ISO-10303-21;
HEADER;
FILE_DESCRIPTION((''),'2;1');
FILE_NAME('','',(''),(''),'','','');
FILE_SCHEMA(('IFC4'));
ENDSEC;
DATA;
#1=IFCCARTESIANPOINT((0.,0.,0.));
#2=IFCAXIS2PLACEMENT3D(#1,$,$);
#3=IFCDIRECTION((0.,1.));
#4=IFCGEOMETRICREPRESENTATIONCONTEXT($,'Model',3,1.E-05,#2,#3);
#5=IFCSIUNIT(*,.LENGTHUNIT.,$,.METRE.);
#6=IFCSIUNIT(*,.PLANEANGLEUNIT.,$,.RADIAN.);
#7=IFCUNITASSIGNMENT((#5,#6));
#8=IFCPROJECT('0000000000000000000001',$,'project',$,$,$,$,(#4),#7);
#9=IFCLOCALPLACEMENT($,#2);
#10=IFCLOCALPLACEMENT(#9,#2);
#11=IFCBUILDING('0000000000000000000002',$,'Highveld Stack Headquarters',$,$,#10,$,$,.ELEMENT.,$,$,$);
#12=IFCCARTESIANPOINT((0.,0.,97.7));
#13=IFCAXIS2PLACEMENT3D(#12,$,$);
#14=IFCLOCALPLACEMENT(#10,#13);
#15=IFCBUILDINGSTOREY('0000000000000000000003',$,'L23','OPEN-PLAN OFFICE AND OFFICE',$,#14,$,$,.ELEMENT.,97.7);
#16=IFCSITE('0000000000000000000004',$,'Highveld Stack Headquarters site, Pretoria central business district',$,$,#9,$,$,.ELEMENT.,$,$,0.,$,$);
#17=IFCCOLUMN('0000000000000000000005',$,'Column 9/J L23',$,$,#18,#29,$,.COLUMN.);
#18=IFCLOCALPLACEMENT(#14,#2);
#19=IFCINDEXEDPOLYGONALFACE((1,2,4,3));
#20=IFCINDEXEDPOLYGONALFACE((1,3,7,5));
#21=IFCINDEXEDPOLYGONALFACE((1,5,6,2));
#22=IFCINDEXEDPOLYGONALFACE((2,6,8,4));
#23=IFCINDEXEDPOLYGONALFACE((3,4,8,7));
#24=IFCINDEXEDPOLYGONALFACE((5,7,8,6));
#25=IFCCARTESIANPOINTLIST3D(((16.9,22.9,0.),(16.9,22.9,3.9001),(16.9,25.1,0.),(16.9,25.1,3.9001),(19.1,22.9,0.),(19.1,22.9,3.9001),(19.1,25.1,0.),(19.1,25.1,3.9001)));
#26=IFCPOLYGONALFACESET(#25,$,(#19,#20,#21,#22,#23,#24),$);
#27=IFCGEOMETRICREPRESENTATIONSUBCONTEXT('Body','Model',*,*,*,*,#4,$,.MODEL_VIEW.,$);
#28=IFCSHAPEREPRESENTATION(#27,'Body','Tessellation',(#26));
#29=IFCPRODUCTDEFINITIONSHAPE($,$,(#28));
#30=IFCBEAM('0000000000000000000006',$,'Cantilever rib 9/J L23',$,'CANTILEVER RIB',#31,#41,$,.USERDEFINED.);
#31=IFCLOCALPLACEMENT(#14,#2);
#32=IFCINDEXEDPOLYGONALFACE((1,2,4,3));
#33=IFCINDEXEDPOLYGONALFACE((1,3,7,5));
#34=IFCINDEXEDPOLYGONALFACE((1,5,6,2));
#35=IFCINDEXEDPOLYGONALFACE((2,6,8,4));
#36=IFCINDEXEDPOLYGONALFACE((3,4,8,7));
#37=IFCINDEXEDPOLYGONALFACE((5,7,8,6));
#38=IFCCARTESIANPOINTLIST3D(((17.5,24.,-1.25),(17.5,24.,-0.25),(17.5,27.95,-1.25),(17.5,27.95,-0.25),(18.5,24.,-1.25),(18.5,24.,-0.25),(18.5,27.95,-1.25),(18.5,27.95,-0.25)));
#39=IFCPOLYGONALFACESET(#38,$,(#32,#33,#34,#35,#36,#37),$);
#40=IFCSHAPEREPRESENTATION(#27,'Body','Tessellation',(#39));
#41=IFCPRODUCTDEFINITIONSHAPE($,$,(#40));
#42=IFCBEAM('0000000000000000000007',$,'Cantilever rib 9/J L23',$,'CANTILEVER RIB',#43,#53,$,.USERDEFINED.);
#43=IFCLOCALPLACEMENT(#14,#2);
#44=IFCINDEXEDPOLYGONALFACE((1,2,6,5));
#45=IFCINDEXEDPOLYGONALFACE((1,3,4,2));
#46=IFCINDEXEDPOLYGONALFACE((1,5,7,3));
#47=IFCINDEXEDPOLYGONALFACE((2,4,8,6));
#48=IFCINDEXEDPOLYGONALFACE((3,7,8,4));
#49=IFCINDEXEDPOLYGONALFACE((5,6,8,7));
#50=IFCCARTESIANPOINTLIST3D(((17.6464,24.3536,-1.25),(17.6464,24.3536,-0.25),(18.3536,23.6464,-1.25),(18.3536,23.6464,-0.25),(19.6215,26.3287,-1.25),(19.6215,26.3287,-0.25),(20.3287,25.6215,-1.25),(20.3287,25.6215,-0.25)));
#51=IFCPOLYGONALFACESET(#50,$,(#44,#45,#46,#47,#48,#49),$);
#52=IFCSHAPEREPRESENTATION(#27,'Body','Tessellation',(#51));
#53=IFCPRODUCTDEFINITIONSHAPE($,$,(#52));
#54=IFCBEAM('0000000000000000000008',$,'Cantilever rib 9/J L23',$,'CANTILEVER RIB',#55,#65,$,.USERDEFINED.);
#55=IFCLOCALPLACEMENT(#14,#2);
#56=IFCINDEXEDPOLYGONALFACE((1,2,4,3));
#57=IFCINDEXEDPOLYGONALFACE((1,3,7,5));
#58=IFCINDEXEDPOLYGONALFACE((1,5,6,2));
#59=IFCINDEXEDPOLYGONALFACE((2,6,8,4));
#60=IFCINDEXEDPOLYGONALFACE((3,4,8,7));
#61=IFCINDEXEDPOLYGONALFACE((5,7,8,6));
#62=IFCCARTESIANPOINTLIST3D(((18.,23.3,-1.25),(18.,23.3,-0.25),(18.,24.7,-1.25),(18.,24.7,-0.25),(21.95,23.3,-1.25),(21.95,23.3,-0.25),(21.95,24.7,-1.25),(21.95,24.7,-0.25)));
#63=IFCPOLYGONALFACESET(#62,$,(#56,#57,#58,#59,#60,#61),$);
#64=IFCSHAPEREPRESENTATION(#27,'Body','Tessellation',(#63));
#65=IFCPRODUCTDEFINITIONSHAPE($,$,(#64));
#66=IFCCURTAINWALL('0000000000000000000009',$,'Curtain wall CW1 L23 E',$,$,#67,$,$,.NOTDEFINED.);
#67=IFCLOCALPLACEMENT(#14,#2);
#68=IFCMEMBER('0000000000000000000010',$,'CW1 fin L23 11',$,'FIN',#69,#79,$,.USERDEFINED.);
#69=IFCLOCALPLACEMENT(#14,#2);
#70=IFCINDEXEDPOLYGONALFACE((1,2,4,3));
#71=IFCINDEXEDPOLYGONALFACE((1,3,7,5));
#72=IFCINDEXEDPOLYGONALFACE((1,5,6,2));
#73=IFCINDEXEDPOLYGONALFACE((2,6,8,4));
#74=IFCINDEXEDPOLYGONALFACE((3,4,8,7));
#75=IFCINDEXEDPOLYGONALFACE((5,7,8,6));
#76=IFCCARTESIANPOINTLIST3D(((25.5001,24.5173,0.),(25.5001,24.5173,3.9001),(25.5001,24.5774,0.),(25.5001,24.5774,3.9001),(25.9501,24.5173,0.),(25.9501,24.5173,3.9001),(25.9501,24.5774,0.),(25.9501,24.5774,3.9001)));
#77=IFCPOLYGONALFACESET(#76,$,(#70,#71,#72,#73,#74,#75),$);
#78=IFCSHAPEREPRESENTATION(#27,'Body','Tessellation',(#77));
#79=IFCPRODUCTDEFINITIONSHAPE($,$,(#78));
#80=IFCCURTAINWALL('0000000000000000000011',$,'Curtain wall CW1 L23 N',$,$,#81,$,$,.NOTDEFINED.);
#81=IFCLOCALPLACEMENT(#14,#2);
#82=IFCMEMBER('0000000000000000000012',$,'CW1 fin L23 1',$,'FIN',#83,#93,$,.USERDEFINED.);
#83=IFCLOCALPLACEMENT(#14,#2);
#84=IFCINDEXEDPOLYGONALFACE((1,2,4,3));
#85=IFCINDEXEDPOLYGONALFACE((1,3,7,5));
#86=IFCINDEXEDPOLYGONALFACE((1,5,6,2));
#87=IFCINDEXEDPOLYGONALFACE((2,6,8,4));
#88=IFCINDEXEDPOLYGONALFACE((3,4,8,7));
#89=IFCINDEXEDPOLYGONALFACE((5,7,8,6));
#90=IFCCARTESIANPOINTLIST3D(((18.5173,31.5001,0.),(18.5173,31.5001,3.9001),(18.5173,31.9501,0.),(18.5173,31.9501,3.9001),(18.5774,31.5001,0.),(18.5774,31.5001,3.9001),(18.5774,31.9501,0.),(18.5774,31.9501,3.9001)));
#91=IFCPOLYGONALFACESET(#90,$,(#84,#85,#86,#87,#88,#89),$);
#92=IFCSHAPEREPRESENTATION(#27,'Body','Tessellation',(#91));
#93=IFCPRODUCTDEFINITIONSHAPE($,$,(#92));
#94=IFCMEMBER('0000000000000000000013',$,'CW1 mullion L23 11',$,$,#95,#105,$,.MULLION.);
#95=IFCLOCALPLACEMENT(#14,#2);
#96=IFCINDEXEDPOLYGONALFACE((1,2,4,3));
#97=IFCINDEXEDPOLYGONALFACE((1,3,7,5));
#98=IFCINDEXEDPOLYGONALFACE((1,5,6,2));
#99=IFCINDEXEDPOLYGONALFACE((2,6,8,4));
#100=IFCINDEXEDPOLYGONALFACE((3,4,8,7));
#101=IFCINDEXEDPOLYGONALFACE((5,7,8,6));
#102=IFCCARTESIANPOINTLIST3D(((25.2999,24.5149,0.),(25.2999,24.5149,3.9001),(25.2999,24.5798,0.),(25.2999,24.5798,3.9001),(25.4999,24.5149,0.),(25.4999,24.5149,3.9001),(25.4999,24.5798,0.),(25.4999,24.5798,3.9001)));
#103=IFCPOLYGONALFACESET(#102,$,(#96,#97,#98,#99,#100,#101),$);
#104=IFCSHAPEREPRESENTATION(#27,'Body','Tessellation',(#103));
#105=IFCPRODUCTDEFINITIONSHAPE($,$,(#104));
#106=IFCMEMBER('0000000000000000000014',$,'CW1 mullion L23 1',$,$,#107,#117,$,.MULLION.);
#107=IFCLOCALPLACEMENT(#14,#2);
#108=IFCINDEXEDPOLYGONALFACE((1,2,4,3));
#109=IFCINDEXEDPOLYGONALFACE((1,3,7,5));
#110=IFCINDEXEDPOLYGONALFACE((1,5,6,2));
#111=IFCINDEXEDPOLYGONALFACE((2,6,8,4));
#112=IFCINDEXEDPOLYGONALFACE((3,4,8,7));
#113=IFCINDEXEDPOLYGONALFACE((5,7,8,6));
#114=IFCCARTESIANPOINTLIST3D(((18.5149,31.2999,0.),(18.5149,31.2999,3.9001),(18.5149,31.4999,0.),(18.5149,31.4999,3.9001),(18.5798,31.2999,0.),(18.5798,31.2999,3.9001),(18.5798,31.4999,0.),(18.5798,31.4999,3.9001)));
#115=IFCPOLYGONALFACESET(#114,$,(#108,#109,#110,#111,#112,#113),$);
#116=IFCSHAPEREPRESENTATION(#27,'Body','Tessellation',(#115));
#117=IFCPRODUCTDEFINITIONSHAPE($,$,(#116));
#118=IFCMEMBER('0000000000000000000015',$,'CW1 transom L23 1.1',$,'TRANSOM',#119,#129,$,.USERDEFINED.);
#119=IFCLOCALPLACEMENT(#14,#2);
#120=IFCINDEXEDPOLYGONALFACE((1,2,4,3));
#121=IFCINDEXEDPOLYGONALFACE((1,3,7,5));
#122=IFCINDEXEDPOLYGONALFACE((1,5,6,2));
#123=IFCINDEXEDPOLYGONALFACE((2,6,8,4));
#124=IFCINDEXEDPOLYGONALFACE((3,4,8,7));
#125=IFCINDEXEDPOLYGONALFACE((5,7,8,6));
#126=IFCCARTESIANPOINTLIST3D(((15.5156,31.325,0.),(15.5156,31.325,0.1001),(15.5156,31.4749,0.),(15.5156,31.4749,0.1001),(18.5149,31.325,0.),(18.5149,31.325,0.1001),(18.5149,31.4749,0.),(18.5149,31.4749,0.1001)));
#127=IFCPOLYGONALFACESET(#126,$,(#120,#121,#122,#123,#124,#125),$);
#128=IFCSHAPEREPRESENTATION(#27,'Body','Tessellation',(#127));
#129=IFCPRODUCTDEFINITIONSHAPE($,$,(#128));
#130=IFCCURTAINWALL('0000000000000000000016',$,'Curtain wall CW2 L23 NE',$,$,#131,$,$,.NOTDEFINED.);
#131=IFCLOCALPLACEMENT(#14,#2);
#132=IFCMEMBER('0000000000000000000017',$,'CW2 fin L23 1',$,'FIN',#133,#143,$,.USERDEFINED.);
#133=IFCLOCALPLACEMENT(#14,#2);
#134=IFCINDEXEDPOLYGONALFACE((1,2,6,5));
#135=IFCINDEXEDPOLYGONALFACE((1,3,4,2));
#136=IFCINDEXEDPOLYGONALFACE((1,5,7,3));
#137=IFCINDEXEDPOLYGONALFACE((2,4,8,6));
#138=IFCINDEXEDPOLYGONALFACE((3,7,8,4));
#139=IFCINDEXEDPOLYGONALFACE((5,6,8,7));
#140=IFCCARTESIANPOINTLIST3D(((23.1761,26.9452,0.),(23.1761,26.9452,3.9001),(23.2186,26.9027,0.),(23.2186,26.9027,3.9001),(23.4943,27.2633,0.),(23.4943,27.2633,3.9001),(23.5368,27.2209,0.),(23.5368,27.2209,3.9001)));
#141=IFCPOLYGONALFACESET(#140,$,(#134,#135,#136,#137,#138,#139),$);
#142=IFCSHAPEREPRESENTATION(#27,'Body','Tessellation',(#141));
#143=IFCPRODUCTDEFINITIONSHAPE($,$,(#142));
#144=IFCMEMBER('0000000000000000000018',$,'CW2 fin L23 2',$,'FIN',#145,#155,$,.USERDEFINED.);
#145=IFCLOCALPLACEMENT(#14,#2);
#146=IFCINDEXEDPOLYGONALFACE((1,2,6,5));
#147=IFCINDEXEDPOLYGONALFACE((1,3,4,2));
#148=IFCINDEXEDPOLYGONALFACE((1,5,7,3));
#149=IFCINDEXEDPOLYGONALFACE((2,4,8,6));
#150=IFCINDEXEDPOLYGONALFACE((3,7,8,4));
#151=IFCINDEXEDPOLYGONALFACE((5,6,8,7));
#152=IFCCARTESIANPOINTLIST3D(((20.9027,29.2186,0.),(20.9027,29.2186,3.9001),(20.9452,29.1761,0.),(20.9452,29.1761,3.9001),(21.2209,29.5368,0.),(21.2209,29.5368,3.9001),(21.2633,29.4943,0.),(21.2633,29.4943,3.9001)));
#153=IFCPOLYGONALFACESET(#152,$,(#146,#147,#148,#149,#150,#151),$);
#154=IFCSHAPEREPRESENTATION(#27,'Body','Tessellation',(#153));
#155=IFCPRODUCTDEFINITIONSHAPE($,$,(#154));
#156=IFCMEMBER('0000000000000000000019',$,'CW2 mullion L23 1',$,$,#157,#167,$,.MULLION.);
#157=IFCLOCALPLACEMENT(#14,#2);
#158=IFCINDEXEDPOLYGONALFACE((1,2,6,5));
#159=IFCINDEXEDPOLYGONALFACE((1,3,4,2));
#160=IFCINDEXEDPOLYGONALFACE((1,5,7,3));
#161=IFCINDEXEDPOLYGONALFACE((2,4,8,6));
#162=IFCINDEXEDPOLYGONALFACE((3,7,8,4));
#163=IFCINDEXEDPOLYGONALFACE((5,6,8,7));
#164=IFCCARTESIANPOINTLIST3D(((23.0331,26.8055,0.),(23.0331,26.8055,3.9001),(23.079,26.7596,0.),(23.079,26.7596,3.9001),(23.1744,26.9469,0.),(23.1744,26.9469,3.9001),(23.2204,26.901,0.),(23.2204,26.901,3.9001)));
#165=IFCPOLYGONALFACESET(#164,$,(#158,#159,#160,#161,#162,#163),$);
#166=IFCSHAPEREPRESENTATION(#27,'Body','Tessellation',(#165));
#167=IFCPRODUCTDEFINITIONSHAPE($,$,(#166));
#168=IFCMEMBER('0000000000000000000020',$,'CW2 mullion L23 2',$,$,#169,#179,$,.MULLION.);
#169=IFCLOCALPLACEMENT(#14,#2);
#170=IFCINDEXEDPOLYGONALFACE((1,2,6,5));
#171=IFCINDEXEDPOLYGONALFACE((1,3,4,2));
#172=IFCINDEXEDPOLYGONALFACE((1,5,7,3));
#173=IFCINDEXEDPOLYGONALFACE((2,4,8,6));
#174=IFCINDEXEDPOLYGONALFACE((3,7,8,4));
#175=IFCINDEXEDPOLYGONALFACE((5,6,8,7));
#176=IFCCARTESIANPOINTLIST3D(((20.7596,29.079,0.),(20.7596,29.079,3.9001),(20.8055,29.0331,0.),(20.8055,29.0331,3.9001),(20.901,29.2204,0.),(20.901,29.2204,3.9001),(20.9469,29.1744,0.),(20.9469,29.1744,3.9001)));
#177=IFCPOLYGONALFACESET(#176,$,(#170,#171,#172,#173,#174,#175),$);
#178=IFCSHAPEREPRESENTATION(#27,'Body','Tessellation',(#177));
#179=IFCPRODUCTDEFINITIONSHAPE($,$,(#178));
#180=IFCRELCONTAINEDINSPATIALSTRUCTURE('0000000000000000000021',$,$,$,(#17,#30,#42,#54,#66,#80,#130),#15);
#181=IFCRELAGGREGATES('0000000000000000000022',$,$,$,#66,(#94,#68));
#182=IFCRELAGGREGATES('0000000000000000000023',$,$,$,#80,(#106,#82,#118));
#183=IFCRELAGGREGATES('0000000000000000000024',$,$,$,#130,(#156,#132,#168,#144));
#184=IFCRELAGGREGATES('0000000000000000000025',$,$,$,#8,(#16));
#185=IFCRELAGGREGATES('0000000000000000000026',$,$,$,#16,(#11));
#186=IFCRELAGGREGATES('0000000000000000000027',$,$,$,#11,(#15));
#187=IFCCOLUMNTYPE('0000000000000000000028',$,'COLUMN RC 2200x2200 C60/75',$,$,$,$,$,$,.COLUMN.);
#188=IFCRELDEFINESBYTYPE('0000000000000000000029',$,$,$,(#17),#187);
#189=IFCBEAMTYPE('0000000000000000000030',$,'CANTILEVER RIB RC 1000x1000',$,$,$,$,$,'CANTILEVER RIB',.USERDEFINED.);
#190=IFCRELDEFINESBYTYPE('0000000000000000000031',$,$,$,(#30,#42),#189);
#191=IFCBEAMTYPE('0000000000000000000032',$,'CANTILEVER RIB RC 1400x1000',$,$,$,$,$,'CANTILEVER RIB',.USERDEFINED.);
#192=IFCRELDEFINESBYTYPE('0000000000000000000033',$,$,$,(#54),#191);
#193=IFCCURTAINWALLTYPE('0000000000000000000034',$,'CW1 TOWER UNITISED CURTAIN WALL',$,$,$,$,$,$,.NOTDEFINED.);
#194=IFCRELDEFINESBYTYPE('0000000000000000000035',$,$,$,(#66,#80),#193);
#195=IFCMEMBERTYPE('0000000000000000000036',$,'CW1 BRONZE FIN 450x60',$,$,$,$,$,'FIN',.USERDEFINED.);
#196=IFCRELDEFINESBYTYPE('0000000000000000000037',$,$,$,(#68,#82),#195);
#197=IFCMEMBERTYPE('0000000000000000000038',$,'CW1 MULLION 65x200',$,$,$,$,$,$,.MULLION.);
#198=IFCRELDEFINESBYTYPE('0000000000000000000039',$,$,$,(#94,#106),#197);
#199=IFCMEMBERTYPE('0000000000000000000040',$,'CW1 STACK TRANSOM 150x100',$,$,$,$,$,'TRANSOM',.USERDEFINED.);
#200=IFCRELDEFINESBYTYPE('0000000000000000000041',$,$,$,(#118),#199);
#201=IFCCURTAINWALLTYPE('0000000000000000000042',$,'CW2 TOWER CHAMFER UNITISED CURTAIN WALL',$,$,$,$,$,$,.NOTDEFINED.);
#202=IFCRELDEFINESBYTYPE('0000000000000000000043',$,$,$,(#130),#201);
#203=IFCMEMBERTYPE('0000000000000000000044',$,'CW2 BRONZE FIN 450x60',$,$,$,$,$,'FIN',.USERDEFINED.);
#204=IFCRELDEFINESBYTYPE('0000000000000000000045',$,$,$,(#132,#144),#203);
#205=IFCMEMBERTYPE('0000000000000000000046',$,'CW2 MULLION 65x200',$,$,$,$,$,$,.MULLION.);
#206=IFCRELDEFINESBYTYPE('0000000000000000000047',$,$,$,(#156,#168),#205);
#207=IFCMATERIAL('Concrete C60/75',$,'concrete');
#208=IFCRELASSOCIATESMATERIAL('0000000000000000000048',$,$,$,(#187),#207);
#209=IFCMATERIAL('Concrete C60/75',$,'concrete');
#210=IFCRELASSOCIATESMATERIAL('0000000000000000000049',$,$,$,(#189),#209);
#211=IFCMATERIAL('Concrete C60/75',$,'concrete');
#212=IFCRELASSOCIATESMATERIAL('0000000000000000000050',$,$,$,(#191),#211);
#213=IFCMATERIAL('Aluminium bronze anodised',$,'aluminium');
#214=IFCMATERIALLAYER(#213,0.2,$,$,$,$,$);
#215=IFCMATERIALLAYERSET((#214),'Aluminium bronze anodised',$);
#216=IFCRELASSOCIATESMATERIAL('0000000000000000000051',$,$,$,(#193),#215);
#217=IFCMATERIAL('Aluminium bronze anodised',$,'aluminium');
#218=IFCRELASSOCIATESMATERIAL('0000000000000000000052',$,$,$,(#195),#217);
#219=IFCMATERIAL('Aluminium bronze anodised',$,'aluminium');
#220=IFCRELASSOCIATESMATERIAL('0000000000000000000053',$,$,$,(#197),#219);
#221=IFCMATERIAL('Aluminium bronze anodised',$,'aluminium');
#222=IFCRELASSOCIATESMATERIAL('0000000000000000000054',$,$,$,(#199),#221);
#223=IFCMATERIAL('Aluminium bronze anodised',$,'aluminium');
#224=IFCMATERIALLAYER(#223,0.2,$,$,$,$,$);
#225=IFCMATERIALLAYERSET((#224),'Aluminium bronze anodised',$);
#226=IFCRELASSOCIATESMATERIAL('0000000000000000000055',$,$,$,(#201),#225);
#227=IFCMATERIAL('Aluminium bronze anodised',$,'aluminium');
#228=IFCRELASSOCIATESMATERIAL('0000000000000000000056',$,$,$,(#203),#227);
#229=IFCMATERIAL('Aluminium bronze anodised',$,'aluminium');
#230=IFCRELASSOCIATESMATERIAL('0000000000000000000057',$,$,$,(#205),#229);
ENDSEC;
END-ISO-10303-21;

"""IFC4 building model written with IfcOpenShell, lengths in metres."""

from ifc_helpers import new_model, si_unit, direction, frame, origin, origin_2d, place, context, subcontext, project, spatial, rectangle, extrude, material, layer, layer_set, material_profile, profile_set, type_object, element, aggregate, save


model = new_model("IFC4")

# Units and contexts
model_context = context("Model", 3, precision=1e-05, world=origin(), true_north=direction((0.0, 1.0)))
body_context = subcontext(model_context, "Body", "Model", "MODEL_VIEW")
ifc_project = project(units=[si_unit("LENGTHUNIT", "METRE"), si_unit("PLANEANGLEUNIT", "RADIAN")], contexts=[model_context])

# Site, building, storey
site_placement = place(None, origin())
site = spatial("IfcSite", under=ifc_project, at=site_placement, Name="Highveld Stack Headquarters site, Pretoria central business district", CompositionType="ELEMENT", RefElevation=0.0)
building_placement = place(site_placement, origin())
building = spatial("IfcBuilding", under=site, at=building_placement, Name="Highveld Stack Headquarters", CompositionType="ELEMENT")
storey_placement = place(building_placement, frame((0.0, 0.0, 97.7)))
storey = spatial("IfcBuildingStorey", under=building, at=storey_placement, Name="L23", Description="OPEN-PLAN OFFICE AND OFFICE", CompositionType="ELEMENT", Elevation=97.7)

# Column
ifc_material_1 = material(Name="Concrete C60/75", Category="concrete")
ifc_material_profile_1 = material_profile(ifc_material_1, rectangle(XDim=2.2, YDim=2.2, at=origin_2d()), Name="RC 2200x2200")
ifc_profile_set_1 = profile_set([ifc_material_profile_1], Name="Concrete C60/75")
column_type = type_object("IfcColumnType", Name="COLUMN RC 2200x2200 C60/75", PredefinedType="COLUMN", material=ifc_profile_set_1)
column_placement = place(storey_placement, frame((18.0, 24.0, 0.0), z_axis=(0.0, 0.0, 1.0), x_axis=(1.0, 0.0, 0.0)))
element("IfcColumn", 1, at=column_placement, inside=storey, type_object=column_type, Name="Column 9/J L23", PredefinedType="COLUMN", context=body_context, shape_type="SweptSolid", body=[
    extrude(rectangle(XDim=2.2, YDim=2.2, at=origin_2d()), origin(), (0.0, 0.0, 1.0), 3.9001),
])

# Beams
ifc_material_2 = material(Name="Concrete C60/75", Category="concrete")
ifc_material_profile_2 = material_profile(ifc_material_2, rectangle(XDim=1.0, YDim=1.0, at=origin_2d()), Name="RC 1000x1000")
ifc_profile_set_2 = profile_set([ifc_material_profile_2], Name="Concrete C60/75")
beam_type_1 = type_object("IfcBeamType", Name="CANTILEVER RIB RC 1000x1000", ElementType="CANTILEVER RIB", PredefinedType="USERDEFINED", material=ifc_profile_set_2)
beam_1_placement = place(storey_placement, frame((18.0, 24.0, -0.75), z_axis=(0.0, 1.0, 0.0), x_axis=(-1.0, 0.0, 0.0)))
element("IfcBeam", 2, at=beam_1_placement, inside=storey, type_object=beam_type_1, Name="Cantilever rib 9/J L23", ObjectType="CANTILEVER RIB", PredefinedType="USERDEFINED", context=body_context, shape_type="SweptSolid", body=[
    extrude(rectangle(XDim=1.0, YDim=1.0, at=origin_2d()), origin(), (0.0, 0.0, 1.0), 3.95),
])
beam_2_placement = place(storey_placement, frame((18.0, 24.0, -0.75), z_axis=(0.707107, 0.707107, 0.0), x_axis=(-0.707107, 0.707107, 0.0)))
element("IfcBeam", 3, at=beam_2_placement, inside=storey, type_object=beam_type_1, Name="Cantilever rib 9/J L23", ObjectType="CANTILEVER RIB", PredefinedType="USERDEFINED", context=body_context, shape_type="SweptSolid", body=[
    extrude(rectangle(XDim=1.0, YDim=1.0, at=origin_2d()), origin(), (0.0, 0.0, 1.0), 2.7932),
])
ifc_material_3 = material(Name="Concrete C60/75", Category="concrete")
ifc_material_profile_3 = material_profile(ifc_material_3, rectangle(XDim=1.3999, YDim=1.0, at=origin_2d()), Name="RC 1400x1000")
ifc_profile_set_3 = profile_set([ifc_material_profile_3], Name="Concrete C60/75")
beam_type_2 = type_object("IfcBeamType", Name="CANTILEVER RIB RC 1400x1000", ElementType="CANTILEVER RIB", PredefinedType="USERDEFINED", material=ifc_profile_set_3)
beam_3_placement = place(storey_placement, frame((18.0, 24.0, -0.75), z_axis=(1.0, 0.0, 0.0), x_axis=(0.0, 1.0, 0.0)))
element("IfcBeam", 4, at=beam_3_placement, inside=storey, type_object=beam_type_2, Name="Cantilever rib 9/J L23", ObjectType="CANTILEVER RIB", PredefinedType="USERDEFINED", context=body_context, shape_type="SweptSolid", body=[
    extrude(rectangle(XDim=1.3999, YDim=1.0, at=origin_2d()), origin(), (0.0, 0.0, 1.0), 3.95),
])

# Curtain walls, members
ifc_material_4 = material(Name="Aluminium bronze anodised", Category="aluminium")
ifc_layer_1 = layer(ifc_material_4, 0.2)
ifc_layer_set_1 = layer_set([ifc_layer_1], Name="Aluminium bronze anodised")
curtain_wall_type_1 = type_object("IfcCurtainWallType", Name="CW1 TOWER UNITISED CURTAIN WALL", PredefinedType="NOTDEFINED", material=ifc_layer_set_1)
curtain_wall_1_placement = place(storey_placement, origin())
curtain_wall_1 = element("IfcCurtainWall", 5, at=curtain_wall_1_placement, inside=storey, type_object=curtain_wall_type_1, Name="Curtain wall CW1 L23 E", PredefinedType="NOTDEFINED")
ifc_material_5 = material(Name="Aluminium bronze anodised", Category="aluminium")
ifc_material_profile_4 = material_profile(ifc_material_5, rectangle(XDim=0.45, YDim=0.0601, at=origin_2d()), Name="FIN 450x60")
ifc_profile_set_4 = profile_set([ifc_material_profile_4], Name="Aluminium bronze anodised")
member_type_1 = type_object("IfcMemberType", Name="CW1 BRONZE FIN 450x60", ElementType="FIN", PredefinedType="USERDEFINED", material=ifc_profile_set_4)
member_1_placement = place(storey_placement, frame((25.7251, 24.5474, 0.0), z_axis=(0.0, 0.0, 1.0), x_axis=(-1.0, 0.0, 0.0)))
member_1 = element("IfcMember", 6, at=member_1_placement, type_object=member_type_1, Name="CW1 fin L23 11", ObjectType="FIN", PredefinedType="USERDEFINED", context=body_context, shape_type="SweptSolid", body=[
    extrude(rectangle(XDim=0.45, YDim=0.0601, at=origin_2d()), origin(), (0.0, 0.0, 1.0), 3.9001),
])
curtain_wall_2_placement = place(storey_placement, origin())
curtain_wall_2 = element("IfcCurtainWall", 7, at=curtain_wall_2_placement, inside=storey, type_object=curtain_wall_type_1, Name="Curtain wall CW1 L23 N", PredefinedType="NOTDEFINED")
member_2_placement = place(storey_placement, frame((18.5474, 31.7251, 0.0), z_axis=(0.0, 0.0, 1.0), x_axis=(0.0, -1.0, 0.0)))
member_2 = element("IfcMember", 8, at=member_2_placement, type_object=member_type_1, Name="CW1 fin L23 1", ObjectType="FIN", PredefinedType="USERDEFINED", context=body_context, shape_type="SweptSolid", body=[
    extrude(rectangle(XDim=0.45, YDim=0.0601, at=origin_2d()), origin(), (0.0, 0.0, 1.0), 3.9001),
])

# Members
ifc_material_6 = material(Name="Aluminium bronze anodised", Category="aluminium")
ifc_material_profile_5 = material_profile(ifc_material_6, rectangle(XDim=0.2, YDim=0.0649, at=origin_2d()), Name="CW1 MULLION 65x200")
ifc_profile_set_5 = profile_set([ifc_material_profile_5], Name="Aluminium bronze anodised")
member_type_2 = type_object("IfcMemberType", Name="CW1 MULLION 65x200", PredefinedType="MULLION", material=ifc_profile_set_5)
member_3_placement = place(storey_placement, frame((25.3999, 24.5474, 0.0), z_axis=(0.0, 0.0, 1.0), x_axis=(-1.0, 0.0, 0.0)))
member_3 = element("IfcMember", 9, at=member_3_placement, type_object=member_type_2, Name="CW1 mullion L23 11", PredefinedType="MULLION", context=body_context, shape_type="SweptSolid", body=[
    extrude(rectangle(XDim=0.2, YDim=0.0649, at=origin_2d()), origin(), (0.0, 0.0, 1.0), 3.9001),
])
aggregate(curtain_wall_1, [member_3, member_1])
member_4_placement = place(storey_placement, frame((18.5474, 31.3999, 0.0), z_axis=(0.0, 0.0, 1.0), x_axis=(0.0, -1.0, 0.0)))
member_4 = element("IfcMember", 10, at=member_4_placement, type_object=member_type_2, Name="CW1 mullion L23 1", PredefinedType="MULLION", context=body_context, shape_type="SweptSolid", body=[
    extrude(rectangle(XDim=0.2, YDim=0.0649, at=origin_2d()), origin(), (0.0, 0.0, 1.0), 3.9001),
])
ifc_material_7 = material(Name="Aluminium bronze anodised", Category="aluminium")
ifc_material_profile_6 = material_profile(ifc_material_7, rectangle(XDim=0.1499, YDim=0.1001, at=origin_2d()), Name="CW1 TRANSOM 150x100")
ifc_profile_set_6 = profile_set([ifc_material_profile_6], Name="Aluminium bronze anodised")
member_type_3 = type_object("IfcMemberType", Name="CW1 STACK TRANSOM 150x100", ElementType="TRANSOM", PredefinedType="USERDEFINED", material=ifc_profile_set_6)
member_5_placement = place(storey_placement, frame((18.5149, 31.3999, 0.05), z_axis=(-1.0, 0.0, 0.0), x_axis=(0.0, -1.0, 0.0)))
member_5 = element("IfcMember", 11, at=member_5_placement, type_object=member_type_3, Name="CW1 transom L23 1.1", ObjectType="TRANSOM", PredefinedType="USERDEFINED", context=body_context, shape_type="SweptSolid", body=[
    extrude(rectangle(XDim=0.1499, YDim=0.1001, at=origin_2d()), origin(), (0.0, 0.0, 1.0), 2.9993),
])

# Curtain wall, members
ifc_material_8 = material(Name="Aluminium bronze anodised", Category="aluminium")
ifc_layer_2 = layer(ifc_material_8, 0.2)
ifc_layer_set_2 = layer_set([ifc_layer_2], Name="Aluminium bronze anodised")
curtain_wall_type_2 = type_object("IfcCurtainWallType", Name="CW2 TOWER CHAMFER UNITISED CURTAIN WALL", PredefinedType="NOTDEFINED", material=ifc_layer_set_2)
curtain_wall_3_placement = place(storey_placement, origin())
curtain_wall_3 = element("IfcCurtainWall", 12, at=curtain_wall_3_placement, inside=storey, type_object=curtain_wall_type_2, Name="Curtain wall CW2 L23 NE", PredefinedType="NOTDEFINED")
ifc_material_9 = material(Name="Aluminium bronze anodised", Category="aluminium")
ifc_material_profile_7 = material_profile(ifc_material_9, rectangle(XDim=0.45, YDim=0.0601, at=origin_2d()), Name="FIN 450x60")
ifc_profile_set_7 = profile_set([ifc_material_profile_7], Name="Aluminium bronze anodised")
member_type_4 = type_object("IfcMemberType", Name="CW2 BRONZE FIN 450x60", ElementType="FIN", PredefinedType="USERDEFINED", material=ifc_profile_set_7)
member_6_placement = place(storey_placement, frame((23.3564, 27.083, 0.0), z_axis=(0.0, 0.0, 1.0), x_axis=(-0.707107, -0.707107, 0.0)))
member_6 = element("IfcMember", 13, at=member_6_placement, type_object=member_type_4, Name="CW2 fin L23 1", ObjectType="FIN", PredefinedType="USERDEFINED", context=body_context, shape_type="SweptSolid", body=[
    extrude(rectangle(XDim=0.45, YDim=0.0601, at=origin_2d()), origin(), (0.0, 0.0, 1.0), 3.9001),
])
member_7_placement = place(storey_placement, frame((21.083, 29.3564, 0.0), z_axis=(0.0, 0.0, 1.0), x_axis=(-0.707107, -0.707107, 0.0)))
member_7 = element("IfcMember", 14, at=member_7_placement, type_object=member_type_4, Name="CW2 fin L23 2", ObjectType="FIN", PredefinedType="USERDEFINED", context=body_context, shape_type="SweptSolid", body=[
    extrude(rectangle(XDim=0.45, YDim=0.0601, at=origin_2d()), origin(), (0.0, 0.0, 1.0), 3.9001),
])
ifc_material_10 = material(Name="Aluminium bronze anodised", Category="aluminium")
ifc_material_profile_8 = material_profile(ifc_material_10, rectangle(XDim=0.2, YDim=0.0649, at=origin_2d()), Name="CW2 MULLION 65x200")
ifc_profile_set_8 = profile_set([ifc_material_profile_8], Name="Aluminium bronze anodised")
member_type_5 = type_object("IfcMemberType", Name="CW2 MULLION 65x200", PredefinedType="MULLION", material=ifc_profile_set_8)
member_8_placement = place(storey_placement, frame((23.1267, 26.8533, 0.0), z_axis=(0.0, 0.0, 1.0), x_axis=(-0.707107, -0.707107, 0.0)))
member_8 = element("IfcMember", 15, at=member_8_placement, type_object=member_type_5, Name="CW2 mullion L23 1", PredefinedType="MULLION", context=body_context, shape_type="SweptSolid", body=[
    extrude(rectangle(XDim=0.2, YDim=0.0649, at=origin_2d()), origin(), (0.0, 0.0, 1.0), 3.9001),
])
member_9_placement = place(storey_placement, frame((20.8533, 29.1267, 0.0), z_axis=(0.0, 0.0, 1.0), x_axis=(-0.707107, -0.707107, 0.0)))
member_9 = element("IfcMember", 16, at=member_9_placement, type_object=member_type_5, Name="CW2 mullion L23 2", PredefinedType="MULLION", context=body_context, shape_type="SweptSolid", body=[
    extrude(rectangle(XDim=0.2, YDim=0.0649, at=origin_2d()), origin(), (0.0, 0.0, 1.0), 3.9001),
])

aggregate(curtain_wall_2, [member_4, member_2, member_5])
aggregate(curtain_wall_3, [member_8, member_6, member_9, member_7])

save(model, "model.ifc")
